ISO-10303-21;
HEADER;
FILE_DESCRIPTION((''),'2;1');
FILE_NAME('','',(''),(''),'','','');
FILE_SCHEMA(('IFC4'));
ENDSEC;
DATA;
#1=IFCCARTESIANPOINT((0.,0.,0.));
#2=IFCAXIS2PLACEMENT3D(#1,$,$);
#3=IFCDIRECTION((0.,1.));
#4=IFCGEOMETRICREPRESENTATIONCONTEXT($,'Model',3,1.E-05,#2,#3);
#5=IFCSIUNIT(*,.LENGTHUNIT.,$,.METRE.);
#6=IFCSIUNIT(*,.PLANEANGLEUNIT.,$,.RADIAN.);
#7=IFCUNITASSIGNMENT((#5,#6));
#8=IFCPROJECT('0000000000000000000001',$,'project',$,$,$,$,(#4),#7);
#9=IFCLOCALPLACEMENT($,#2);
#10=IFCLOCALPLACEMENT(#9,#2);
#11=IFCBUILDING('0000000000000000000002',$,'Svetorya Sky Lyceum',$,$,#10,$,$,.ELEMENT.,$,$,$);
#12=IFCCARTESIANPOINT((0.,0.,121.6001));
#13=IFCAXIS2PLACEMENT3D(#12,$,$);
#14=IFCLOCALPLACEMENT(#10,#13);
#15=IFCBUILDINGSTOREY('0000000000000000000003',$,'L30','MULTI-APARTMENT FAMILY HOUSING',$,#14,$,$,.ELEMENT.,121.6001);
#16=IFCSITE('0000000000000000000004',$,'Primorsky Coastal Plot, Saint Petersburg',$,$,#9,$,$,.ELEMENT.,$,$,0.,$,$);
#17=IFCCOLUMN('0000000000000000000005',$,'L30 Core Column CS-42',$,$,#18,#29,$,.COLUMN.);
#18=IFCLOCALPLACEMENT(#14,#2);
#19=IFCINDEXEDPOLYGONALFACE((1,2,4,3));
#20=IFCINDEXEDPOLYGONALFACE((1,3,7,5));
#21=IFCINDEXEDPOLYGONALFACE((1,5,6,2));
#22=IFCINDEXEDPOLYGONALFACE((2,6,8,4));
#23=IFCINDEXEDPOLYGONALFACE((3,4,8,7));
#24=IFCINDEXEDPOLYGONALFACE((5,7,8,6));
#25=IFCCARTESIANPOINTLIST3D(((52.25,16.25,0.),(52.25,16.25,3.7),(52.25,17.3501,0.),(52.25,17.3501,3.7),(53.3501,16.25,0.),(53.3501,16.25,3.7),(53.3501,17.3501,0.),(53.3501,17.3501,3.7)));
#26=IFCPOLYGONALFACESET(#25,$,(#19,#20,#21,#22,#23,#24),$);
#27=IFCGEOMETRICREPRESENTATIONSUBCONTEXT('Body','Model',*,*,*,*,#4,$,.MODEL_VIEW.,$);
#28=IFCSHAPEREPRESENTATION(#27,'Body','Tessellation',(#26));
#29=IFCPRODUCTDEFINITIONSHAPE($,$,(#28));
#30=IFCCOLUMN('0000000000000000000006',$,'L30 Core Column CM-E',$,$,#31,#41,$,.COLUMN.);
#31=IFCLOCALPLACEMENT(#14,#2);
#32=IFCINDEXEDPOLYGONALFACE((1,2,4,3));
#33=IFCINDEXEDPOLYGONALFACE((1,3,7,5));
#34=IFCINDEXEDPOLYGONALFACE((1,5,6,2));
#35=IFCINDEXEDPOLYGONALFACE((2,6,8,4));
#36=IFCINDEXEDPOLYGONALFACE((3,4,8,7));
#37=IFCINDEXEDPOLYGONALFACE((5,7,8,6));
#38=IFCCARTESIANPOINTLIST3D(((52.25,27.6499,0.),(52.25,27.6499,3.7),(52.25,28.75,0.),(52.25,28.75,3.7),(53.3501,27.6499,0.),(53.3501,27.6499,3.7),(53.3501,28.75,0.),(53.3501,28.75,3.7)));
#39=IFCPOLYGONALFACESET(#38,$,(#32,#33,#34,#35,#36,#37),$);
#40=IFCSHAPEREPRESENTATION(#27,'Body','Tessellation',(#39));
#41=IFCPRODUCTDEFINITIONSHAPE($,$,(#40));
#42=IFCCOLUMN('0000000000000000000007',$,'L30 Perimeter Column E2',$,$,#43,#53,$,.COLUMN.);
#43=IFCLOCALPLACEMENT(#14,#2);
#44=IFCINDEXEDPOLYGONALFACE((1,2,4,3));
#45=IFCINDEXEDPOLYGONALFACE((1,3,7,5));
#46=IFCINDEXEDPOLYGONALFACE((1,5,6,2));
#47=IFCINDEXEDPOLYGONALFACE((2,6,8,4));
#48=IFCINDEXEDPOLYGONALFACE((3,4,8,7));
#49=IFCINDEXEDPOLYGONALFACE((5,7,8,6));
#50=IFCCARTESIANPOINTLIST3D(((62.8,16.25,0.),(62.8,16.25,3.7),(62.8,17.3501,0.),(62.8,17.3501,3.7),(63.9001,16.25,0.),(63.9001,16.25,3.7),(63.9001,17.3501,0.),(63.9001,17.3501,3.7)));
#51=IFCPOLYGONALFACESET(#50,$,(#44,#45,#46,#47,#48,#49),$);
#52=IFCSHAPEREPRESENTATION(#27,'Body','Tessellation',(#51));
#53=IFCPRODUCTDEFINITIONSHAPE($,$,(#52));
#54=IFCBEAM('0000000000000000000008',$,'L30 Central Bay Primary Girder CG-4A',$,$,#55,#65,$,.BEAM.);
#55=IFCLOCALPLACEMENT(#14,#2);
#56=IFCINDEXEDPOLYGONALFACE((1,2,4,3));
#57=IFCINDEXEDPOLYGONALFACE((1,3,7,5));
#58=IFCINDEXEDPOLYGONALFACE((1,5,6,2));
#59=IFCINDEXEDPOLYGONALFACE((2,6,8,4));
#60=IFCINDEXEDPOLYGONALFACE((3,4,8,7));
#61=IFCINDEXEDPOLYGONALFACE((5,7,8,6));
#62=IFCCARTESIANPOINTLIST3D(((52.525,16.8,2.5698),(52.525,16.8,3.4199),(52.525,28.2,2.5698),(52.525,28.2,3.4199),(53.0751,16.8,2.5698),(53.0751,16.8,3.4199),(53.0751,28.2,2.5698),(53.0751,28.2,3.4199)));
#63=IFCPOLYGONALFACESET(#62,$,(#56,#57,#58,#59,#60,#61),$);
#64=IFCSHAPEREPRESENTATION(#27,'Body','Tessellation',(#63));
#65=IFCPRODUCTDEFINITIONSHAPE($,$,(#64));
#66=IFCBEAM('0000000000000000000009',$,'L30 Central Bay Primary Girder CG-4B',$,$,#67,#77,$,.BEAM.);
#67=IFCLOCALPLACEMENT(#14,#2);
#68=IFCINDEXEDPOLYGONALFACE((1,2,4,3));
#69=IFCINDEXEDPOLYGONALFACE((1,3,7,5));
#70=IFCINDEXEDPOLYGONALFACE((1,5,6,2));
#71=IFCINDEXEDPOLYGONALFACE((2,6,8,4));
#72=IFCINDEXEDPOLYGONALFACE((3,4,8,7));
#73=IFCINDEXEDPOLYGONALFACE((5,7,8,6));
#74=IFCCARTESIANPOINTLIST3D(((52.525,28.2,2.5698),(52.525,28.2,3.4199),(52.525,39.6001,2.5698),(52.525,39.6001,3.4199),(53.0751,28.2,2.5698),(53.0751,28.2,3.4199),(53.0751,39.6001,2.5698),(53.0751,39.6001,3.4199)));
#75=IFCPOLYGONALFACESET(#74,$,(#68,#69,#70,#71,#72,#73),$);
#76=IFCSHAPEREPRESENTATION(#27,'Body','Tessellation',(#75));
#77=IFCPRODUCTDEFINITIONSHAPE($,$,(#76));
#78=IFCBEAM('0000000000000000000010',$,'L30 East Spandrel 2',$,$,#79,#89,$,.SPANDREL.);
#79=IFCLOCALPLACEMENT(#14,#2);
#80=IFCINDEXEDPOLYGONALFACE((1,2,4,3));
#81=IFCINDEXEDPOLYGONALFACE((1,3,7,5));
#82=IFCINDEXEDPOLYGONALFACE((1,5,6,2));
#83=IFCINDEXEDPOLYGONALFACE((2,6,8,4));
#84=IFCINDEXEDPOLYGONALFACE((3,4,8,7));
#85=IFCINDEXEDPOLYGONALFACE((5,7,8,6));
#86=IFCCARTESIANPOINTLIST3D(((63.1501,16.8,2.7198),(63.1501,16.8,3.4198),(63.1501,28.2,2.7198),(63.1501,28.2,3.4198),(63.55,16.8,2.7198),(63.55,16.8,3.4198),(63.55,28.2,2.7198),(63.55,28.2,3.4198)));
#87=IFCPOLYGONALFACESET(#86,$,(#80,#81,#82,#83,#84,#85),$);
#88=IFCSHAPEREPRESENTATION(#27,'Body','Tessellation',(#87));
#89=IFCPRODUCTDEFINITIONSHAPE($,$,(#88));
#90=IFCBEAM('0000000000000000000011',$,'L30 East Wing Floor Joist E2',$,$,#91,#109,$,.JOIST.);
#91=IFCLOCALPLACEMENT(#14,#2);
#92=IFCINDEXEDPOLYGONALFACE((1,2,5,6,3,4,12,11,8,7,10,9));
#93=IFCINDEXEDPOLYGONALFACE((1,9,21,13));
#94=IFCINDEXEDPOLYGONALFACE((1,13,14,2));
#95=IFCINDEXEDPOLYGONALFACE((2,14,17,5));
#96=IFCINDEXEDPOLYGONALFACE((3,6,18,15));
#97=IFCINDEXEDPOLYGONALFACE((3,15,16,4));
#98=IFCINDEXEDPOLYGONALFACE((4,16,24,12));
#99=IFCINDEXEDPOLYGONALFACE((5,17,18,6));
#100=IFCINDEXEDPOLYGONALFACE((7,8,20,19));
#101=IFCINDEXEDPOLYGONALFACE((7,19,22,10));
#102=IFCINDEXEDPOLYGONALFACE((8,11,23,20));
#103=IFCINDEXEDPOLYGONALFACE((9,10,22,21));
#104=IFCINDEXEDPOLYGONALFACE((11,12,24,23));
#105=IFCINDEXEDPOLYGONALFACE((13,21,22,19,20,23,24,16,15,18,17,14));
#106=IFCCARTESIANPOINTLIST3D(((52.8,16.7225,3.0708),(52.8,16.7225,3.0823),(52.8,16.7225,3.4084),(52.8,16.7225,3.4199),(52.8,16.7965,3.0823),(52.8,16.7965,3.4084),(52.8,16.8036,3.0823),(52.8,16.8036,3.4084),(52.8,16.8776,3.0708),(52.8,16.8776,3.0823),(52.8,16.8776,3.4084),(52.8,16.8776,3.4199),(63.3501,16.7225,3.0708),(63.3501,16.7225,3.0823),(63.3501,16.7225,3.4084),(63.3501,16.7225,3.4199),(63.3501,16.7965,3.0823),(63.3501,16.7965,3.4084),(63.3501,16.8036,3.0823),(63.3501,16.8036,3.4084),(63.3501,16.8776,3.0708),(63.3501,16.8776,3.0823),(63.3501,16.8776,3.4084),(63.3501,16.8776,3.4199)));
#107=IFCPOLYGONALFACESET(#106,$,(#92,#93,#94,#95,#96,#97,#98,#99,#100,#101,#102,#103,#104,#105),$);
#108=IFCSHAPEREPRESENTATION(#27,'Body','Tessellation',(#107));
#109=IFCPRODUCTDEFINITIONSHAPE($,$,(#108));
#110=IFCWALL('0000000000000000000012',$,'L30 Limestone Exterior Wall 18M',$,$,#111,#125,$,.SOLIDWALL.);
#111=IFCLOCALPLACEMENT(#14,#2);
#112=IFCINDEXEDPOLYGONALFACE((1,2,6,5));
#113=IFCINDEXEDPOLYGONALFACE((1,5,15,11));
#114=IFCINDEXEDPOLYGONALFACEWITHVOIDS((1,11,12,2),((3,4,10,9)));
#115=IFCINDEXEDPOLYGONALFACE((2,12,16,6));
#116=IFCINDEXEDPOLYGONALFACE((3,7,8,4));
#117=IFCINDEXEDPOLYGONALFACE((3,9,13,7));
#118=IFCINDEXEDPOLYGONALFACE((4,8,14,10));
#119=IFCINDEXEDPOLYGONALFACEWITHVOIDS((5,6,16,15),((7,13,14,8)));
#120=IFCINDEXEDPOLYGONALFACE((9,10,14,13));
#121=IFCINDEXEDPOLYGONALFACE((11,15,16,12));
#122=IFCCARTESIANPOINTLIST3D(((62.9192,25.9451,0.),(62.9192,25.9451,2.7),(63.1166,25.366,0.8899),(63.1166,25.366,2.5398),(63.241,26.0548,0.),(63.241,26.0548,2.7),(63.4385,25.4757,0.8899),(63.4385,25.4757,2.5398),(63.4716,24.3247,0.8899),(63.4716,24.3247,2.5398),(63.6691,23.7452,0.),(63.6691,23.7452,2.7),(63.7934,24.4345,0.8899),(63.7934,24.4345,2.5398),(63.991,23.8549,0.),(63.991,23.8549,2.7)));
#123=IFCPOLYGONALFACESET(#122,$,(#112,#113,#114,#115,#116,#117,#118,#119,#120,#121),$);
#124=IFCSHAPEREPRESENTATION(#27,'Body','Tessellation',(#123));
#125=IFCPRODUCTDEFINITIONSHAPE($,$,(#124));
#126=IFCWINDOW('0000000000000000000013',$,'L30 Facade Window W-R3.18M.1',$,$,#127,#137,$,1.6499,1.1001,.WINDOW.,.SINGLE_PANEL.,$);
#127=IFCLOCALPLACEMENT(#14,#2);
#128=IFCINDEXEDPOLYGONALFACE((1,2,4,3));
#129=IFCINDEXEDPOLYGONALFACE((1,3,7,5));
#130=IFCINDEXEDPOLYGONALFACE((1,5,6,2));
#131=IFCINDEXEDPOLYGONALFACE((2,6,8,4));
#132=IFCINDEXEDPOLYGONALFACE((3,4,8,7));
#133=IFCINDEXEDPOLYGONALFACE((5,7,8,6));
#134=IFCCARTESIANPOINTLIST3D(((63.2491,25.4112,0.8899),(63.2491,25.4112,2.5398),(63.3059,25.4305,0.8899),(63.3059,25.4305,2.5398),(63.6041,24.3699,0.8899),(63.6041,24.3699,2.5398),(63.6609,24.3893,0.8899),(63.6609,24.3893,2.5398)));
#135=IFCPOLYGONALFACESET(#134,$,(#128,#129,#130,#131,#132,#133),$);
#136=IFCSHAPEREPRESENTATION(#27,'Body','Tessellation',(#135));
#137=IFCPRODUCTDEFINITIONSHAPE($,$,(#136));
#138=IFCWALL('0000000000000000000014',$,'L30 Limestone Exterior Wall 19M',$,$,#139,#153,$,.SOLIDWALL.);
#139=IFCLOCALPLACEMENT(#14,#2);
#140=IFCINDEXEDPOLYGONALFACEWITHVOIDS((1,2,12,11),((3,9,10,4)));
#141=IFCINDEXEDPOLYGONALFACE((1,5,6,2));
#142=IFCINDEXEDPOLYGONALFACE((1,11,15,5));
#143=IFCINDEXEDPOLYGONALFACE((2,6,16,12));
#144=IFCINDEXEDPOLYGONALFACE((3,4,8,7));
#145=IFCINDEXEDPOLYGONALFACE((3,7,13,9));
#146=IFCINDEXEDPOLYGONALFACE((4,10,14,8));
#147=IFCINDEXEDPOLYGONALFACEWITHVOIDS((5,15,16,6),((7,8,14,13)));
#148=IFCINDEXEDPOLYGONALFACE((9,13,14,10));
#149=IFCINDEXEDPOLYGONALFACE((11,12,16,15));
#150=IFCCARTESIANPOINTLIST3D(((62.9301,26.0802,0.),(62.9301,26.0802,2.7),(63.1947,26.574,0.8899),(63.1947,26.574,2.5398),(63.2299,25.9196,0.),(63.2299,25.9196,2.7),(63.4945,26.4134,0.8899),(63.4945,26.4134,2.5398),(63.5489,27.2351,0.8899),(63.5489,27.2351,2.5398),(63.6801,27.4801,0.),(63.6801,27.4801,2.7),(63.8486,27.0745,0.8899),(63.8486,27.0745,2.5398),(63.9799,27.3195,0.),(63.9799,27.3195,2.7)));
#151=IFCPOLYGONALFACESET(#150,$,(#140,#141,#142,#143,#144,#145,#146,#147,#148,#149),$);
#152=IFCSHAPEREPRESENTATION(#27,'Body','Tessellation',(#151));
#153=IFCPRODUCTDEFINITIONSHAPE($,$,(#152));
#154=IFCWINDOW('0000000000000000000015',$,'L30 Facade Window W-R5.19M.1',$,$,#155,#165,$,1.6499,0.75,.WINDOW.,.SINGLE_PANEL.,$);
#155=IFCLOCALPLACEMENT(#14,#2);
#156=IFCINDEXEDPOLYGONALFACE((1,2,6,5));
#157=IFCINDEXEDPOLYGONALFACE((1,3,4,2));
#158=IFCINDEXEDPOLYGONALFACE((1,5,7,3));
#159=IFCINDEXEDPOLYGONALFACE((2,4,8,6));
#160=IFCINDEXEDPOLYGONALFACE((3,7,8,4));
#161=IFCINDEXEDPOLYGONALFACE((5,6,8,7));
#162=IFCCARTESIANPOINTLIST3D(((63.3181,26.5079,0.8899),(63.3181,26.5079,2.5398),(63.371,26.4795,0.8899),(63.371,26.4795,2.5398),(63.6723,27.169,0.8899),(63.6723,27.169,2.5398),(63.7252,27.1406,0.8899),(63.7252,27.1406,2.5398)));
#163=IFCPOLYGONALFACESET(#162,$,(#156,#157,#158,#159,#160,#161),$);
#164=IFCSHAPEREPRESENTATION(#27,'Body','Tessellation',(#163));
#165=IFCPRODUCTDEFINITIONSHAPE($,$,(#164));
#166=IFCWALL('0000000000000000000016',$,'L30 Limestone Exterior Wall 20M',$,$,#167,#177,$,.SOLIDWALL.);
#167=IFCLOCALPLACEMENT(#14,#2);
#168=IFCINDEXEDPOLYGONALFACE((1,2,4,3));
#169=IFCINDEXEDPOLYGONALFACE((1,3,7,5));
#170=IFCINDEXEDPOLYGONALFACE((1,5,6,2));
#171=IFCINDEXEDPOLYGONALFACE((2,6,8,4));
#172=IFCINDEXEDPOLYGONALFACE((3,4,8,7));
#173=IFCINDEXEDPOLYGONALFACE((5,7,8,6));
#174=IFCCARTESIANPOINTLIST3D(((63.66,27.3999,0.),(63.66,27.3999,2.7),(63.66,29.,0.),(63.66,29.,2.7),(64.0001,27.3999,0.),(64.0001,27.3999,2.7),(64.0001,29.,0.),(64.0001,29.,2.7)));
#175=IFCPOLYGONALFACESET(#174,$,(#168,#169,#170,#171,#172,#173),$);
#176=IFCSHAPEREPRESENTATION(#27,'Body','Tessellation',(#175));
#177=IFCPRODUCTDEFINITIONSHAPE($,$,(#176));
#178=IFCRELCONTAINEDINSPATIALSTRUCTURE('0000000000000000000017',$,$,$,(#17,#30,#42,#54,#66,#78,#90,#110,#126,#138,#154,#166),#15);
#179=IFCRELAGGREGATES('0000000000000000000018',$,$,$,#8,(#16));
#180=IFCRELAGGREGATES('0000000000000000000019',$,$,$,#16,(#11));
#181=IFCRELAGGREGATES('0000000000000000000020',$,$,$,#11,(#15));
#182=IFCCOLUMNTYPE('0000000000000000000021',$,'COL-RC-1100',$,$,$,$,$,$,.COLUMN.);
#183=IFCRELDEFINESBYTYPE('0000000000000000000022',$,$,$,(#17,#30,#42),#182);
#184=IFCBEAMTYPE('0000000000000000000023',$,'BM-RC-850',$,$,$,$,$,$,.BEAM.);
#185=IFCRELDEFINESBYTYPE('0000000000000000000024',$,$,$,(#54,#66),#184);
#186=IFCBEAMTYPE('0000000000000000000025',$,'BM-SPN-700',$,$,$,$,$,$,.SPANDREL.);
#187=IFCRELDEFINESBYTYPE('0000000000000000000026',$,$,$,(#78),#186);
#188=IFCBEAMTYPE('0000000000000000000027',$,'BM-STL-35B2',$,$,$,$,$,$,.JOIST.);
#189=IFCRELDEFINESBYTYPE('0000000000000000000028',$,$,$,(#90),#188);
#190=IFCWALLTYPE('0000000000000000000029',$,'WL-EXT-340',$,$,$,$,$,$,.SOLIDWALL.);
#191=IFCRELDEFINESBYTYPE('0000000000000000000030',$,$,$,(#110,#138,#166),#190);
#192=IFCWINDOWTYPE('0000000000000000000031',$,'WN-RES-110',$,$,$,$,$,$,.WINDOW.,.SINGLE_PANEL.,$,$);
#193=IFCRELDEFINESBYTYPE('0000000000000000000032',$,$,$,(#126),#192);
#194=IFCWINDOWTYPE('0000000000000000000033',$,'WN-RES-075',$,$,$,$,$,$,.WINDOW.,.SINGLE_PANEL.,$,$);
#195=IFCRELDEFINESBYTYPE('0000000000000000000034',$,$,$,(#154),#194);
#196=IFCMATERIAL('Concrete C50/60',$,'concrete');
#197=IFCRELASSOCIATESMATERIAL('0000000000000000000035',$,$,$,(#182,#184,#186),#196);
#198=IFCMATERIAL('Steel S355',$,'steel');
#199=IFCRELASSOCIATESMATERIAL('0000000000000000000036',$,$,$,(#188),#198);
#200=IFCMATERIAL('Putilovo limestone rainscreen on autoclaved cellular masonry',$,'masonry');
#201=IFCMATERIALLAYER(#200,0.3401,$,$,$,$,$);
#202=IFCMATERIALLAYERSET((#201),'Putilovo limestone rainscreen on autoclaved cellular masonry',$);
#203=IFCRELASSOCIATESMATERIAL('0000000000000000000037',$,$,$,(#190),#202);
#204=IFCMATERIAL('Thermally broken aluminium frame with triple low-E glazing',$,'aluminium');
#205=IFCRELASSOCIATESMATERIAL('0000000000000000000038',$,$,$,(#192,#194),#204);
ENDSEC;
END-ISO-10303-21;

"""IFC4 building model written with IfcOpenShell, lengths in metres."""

from ifc_helpers import new_model, si_unit, direction, frame, frame_2d, origin, origin_2d, place, context, subcontext, project, spatial, rectangle, i_section, extrude, material, layer, layer_set, material_profile, profile_set, type_object, element, fill, save


model = new_model("IFC4")

# Units and contexts
model_context = context("Model", 3, precision=1e-05, world=origin(), true_north=direction((0.0, 1.0)))
body_context = subcontext(model_context, "Body", "Model", "MODEL_VIEW")
ifc_project = project(units=[si_unit("LENGTHUNIT", "METRE"), si_unit("PLANEANGLEUNIT", "RADIAN")], contexts=[model_context])

# Site, building, storey
site_placement = place(None, origin())
site = spatial("IfcSite", under=ifc_project, at=site_placement, Name="Primorsky Coastal Plot, Saint Petersburg", CompositionType="ELEMENT", RefElevation=0.0)
building_placement = place(site_placement, origin())
building = spatial("IfcBuilding", under=site, at=building_placement, Name="Svetorya Sky Lyceum", CompositionType="ELEMENT")
storey_placement = place(building_placement, frame((0.0, 0.0, 121.6001)))
storey = spatial("IfcBuildingStorey", under=building, at=storey_placement, Name="L30", Description="MULTI-APARTMENT FAMILY HOUSING", CompositionType="ELEMENT", Elevation=121.6001)

# Columns
ifc_material_1 = material(Name="Concrete C50/60", Category="concrete")
ifc_material_profile_1 = material_profile(ifc_material_1, rectangle(XDim=1.1001, YDim=1.1001, at=origin_2d()), Name="RC COL 1100x1100")
ifc_profile_set_1 = profile_set([ifc_material_profile_1], Name="Concrete C50/60")
column_type = type_object("IfcColumnType", Name="COL-RC-1100", PredefinedType="COLUMN", material=ifc_profile_set_1)
for number, where, z_axis, x_axis, name in (
    (1, (52.8, 16.8, 0.0), (0.0, 0.0, 1.0), (1.0, 0.0, 0.0), "L30 Core Column CS-42"),
    (2, (52.8, 28.2, 0.0), (0.0, 0.0, 1.0), (1.0, 0.0, 0.0), "L30 Core Column CM-E"),
    (3, (63.3501, 16.8, 0.0), (0.0, 0.0, 1.0), (1.0, 0.0, 0.0), "L30 Perimeter Column E2"),
):
    element("IfcColumn", number, at=place(storey_placement, frame(where, z_axis=z_axis, x_axis=x_axis)), inside=storey, type_object=column_type, Name=name, PredefinedType="COLUMN", context=body_context, shape_type="SweptSolid", body=[
        extrude(rectangle(XDim=1.1001, YDim=1.1001, at=origin_2d()), origin(), (0.0, 0.0, 1.0), 3.7),
    ])

# Beams
ifc_material_profile_2 = material_profile(ifc_material_1, rectangle(XDim=0.55, YDim=0.8501, at=origin_2d()), Name="RC BEAM 550x850")
ifc_profile_set_2 = profile_set([ifc_material_profile_2], Name="Concrete C50/60")
beam_type_1 = type_object("IfcBeamType", Name="BM-RC-850", PredefinedType="BEAM", material=ifc_profile_set_2)
beam_1_placement = place(storey_placement, frame((52.8, 16.8, 2.9949), z_axis=(0.0, 1.0, 0.0), x_axis=(-1.0, 0.0, 0.0)))
element("IfcBeam", 4, at=beam_1_placement, inside=storey, type_object=beam_type_1, Name="L30 Central Bay Primary Girder CG-4A", PredefinedType="BEAM", context=body_context, shape_type="SweptSolid", body=[
    extrude(rectangle(XDim=0.55, YDim=0.8501, at=origin_2d()), origin(), (0.0, 0.0, 1.0), 11.3999),
])
beam_2_placement = place(storey_placement, frame((52.8, 28.2, 2.9949), z_axis=(0.0, 1.0, 0.0), x_axis=(-1.0, 0.0, 0.0)))
element("IfcBeam", 5, at=beam_2_placement, inside=storey, type_object=beam_type_1, Name="L30 Central Bay Primary Girder CG-4B", PredefinedType="BEAM", context=body_context, shape_type="SweptSolid", body=[
    extrude(rectangle(XDim=0.55, YDim=0.8501, at=origin_2d()), origin(), (0.0, 0.0, 1.0), 11.4001),
])
ifc_material_profile_3 = material_profile(ifc_material_1, rectangle(XDim=0.3999, YDim=0.7, at=origin_2d()), Name="RC SPANDREL 400x700")
ifc_profile_set_3 = profile_set([ifc_material_profile_3], Name="Concrete C50/60")
beam_type_2 = type_object("IfcBeamType", Name="BM-SPN-700", PredefinedType="SPANDREL", material=ifc_profile_set_3)
beam_3_placement = place(storey_placement, frame((63.3501, 16.8, 3.0698), z_axis=(0.0, 1.0, 0.0), x_axis=(-1.0, 0.0, 0.0)))
element("IfcBeam", 6, at=beam_3_placement, inside=storey, type_object=beam_type_2, Name="L30 East Spandrel 2", PredefinedType="SPANDREL", context=body_context, shape_type="SweptSolid", body=[
    extrude(rectangle(XDim=0.3999, YDim=0.7, at=origin_2d()), origin(), (0.0, 0.0, 1.0), 11.3999),
])
ifc_material_2 = material(Name="Steel S355", Category="steel")
ifc_material_profile_4 = material_profile(ifc_material_2, i_section(OverallWidth=0.155, OverallDepth=0.3491, WebThickness=0.0071, FlangeThickness=0.0115, at=origin_2d()), Name="GOST 35B2")
ifc_profile_set_4 = profile_set([ifc_material_profile_4], Name="Steel S355")
beam_type_3 = type_object("IfcBeamType", Name="BM-STL-35B2", PredefinedType="JOIST", material=ifc_profile_set_4)
beam_4_placement = place(storey_placement, frame((52.8, 16.8, 3.2454), z_axis=(1.0, 0.0, 0.0), x_axis=(0.0, 1.0, 0.0)))
element("IfcBeam", 7, at=beam_4_placement, inside=storey, type_object=beam_type_3, Name="L30 East Wing Floor Joist E2", PredefinedType="JOIST", context=body_context, shape_type="SweptSolid", body=[
    extrude(i_section(OverallWidth=0.155, OverallDepth=0.3491, WebThickness=0.0071, FlangeThickness=0.0115, at=origin_2d()), origin(), (0.0, 0.0, 1.0), 10.55),
])

# Walls, openings, windows
ifc_material_3 = material(Name="Putilovo limestone rainscreen on autoclaved cellular masonry", Category="masonry")
ifc_layer_1 = layer(ifc_material_3, 0.3401)
ifc_layer_set_1 = layer_set([ifc_layer_1], Name="Putilovo limestone rainscreen on autoclaved cellular masonry")
wall_type_1 = type_object("IfcWallType", Name="WL-EXT-340", PredefinedType="SOLIDWALL", material=ifc_layer_set_1)
wall_1_placement = place(storey_placement, frame((63.8301, 23.8, 0.0), z_axis=(0.0, 0.0, 1.0), x_axis=(-0.32268, 0.946508, 0.0)))
wall_1 = element("IfcWall", 8, at=wall_1_placement, inside=storey, type_object=wall_type_1, Name="L30 Limestone Exterior Wall 18M", PredefinedType="SOLIDWALL", context=body_context, shape_type="SweptSolid", body=[
    extrude(rectangle(XDim=2.3242, YDim=0.3401, at=frame_2d((1.1621, 0.0))), origin(), (0.0, 0.0, 1.0), 2.7),
])
opening_1_placement = place(wall_1_placement, frame((0.6123, 0.0, 0.8899)))
opening_1 = element("IfcOpeningElement", 9, at=opening_1_placement, cuts=wall_1, PredefinedType="OPENING", context=body_context, shape_type="SweptSolid", body=[
    extrude(rectangle(XDim=1.1001, YDim=1.6499, at=frame_2d((0.55, 0.825))), frame((0.0, 0.1799, 0.0), z_axis=(0.0, -1.0, 0.0), x_axis=(1.0, 0.0, 0.0)), (0.0, 0.0, 1.0), 0.3601),
])
ifc_material_4 = material(Name="Thermally broken aluminium frame with triple low-E glazing", Category="aluminium")
window_type_1 = type_object("IfcWindowType", Name="WN-RES-110", PartitioningType="SINGLE_PANEL", PredefinedType="WINDOW", material=ifc_material_4)
window_1_placement = place(opening_1_placement, origin())
window_1 = element("IfcWindow", 10, at=window_1_placement, inside=storey, type_object=window_type_1, Name="L30 Facade Window W-R3.18M.1", OverallHeight=1.6499, OverallWidth=1.1001, PartitioningType="SINGLE_PANEL", PredefinedType="WINDOW", context=body_context, shape_type="SweptSolid", body=[
    extrude(rectangle(XDim=1.1001, YDim=1.6499, at=frame_2d((0.55, 0.825))), frame((0.0, 0.03, 0.0), z_axis=(0.0, -1.0, 0.0), x_axis=(1.0, 0.0, 0.0)), (0.0, 0.0, 1.0), 0.0601),
])
fill(opening_1, window_1)
wall_2_placement = place(storey_placement, frame((63.0801, 26.0, 0.0), z_axis=(0.0, 0.0, 1.0), x_axis=(0.472247, 0.881466, 0.0)))
wall_2 = element("IfcWall", 11, at=wall_2_placement, inside=storey, type_object=wall_type_1, Name="L30 Limestone Exterior Wall 19M", PredefinedType="SOLIDWALL", context=body_context, shape_type="SweptSolid", body=[
    extrude(rectangle(XDim=1.5881, YDim=0.3401, at=frame_2d((0.7939, 0.0))), origin(), (0.0, 0.0, 1.0), 2.7),
])
opening_2_placement = place(wall_2_placement, frame((0.5601, 0.0, 0.8899)))
opening_2 = element("IfcOpeningElement", 12, at=opening_2_placement, cuts=wall_2, PredefinedType="OPENING", context=body_context, shape_type="SweptSolid", body=[
    extrude(rectangle(XDim=0.75, YDim=1.6499, at=frame_2d((0.375, 0.825))), frame((0.0, 0.1799, 0.0), z_axis=(0.0, -1.0, 0.0), x_axis=(1.0, 0.0, 0.0)), (0.0, 0.0, 1.0), 0.3601),
])
window_type_2 = type_object("IfcWindowType", Name="WN-RES-075", PartitioningType="SINGLE_PANEL", PredefinedType="WINDOW", material=ifc_material_4)
window_2_placement = place(opening_2_placement, origin())
window_2 = element("IfcWindow", 13, at=window_2_placement, inside=storey, type_object=window_type_2, Name="L30 Facade Window W-R5.19M.1", OverallHeight=1.6499, OverallWidth=0.75, PartitioningType="SINGLE_PANEL", PredefinedType="WINDOW", context=body_context, shape_type="SweptSolid", body=[
    extrude(rectangle(XDim=0.75, YDim=1.6499, at=frame_2d((0.375, 0.825))), frame((0.0, 0.03, 0.0), z_axis=(0.0, -1.0, 0.0), x_axis=(1.0, 0.0, 0.0)), (0.0, 0.0, 1.0), 0.0601),
])
fill(opening_2, window_2)

# Wall
wall_3_placement = place(storey_placement, frame((63.8301, 27.3999, 0.0), z_axis=(0.0, 0.0, 1.0), x_axis=(0.0, 1.0, 0.0)))
element("IfcWall", 14, at=wall_3_placement, inside=storey, type_object=wall_type_1, Name="L30 Limestone Exterior Wall 20M", PredefinedType="SOLIDWALL", context=body_context, shape_type="SweptSolid", body=[
    extrude(rectangle(XDim=1.6001, YDim=0.3401, at=frame_2d((0.8, 0.0))), origin(), (0.0, 0.0, 1.0), 2.7),
])

save(model, "model.ifc")
